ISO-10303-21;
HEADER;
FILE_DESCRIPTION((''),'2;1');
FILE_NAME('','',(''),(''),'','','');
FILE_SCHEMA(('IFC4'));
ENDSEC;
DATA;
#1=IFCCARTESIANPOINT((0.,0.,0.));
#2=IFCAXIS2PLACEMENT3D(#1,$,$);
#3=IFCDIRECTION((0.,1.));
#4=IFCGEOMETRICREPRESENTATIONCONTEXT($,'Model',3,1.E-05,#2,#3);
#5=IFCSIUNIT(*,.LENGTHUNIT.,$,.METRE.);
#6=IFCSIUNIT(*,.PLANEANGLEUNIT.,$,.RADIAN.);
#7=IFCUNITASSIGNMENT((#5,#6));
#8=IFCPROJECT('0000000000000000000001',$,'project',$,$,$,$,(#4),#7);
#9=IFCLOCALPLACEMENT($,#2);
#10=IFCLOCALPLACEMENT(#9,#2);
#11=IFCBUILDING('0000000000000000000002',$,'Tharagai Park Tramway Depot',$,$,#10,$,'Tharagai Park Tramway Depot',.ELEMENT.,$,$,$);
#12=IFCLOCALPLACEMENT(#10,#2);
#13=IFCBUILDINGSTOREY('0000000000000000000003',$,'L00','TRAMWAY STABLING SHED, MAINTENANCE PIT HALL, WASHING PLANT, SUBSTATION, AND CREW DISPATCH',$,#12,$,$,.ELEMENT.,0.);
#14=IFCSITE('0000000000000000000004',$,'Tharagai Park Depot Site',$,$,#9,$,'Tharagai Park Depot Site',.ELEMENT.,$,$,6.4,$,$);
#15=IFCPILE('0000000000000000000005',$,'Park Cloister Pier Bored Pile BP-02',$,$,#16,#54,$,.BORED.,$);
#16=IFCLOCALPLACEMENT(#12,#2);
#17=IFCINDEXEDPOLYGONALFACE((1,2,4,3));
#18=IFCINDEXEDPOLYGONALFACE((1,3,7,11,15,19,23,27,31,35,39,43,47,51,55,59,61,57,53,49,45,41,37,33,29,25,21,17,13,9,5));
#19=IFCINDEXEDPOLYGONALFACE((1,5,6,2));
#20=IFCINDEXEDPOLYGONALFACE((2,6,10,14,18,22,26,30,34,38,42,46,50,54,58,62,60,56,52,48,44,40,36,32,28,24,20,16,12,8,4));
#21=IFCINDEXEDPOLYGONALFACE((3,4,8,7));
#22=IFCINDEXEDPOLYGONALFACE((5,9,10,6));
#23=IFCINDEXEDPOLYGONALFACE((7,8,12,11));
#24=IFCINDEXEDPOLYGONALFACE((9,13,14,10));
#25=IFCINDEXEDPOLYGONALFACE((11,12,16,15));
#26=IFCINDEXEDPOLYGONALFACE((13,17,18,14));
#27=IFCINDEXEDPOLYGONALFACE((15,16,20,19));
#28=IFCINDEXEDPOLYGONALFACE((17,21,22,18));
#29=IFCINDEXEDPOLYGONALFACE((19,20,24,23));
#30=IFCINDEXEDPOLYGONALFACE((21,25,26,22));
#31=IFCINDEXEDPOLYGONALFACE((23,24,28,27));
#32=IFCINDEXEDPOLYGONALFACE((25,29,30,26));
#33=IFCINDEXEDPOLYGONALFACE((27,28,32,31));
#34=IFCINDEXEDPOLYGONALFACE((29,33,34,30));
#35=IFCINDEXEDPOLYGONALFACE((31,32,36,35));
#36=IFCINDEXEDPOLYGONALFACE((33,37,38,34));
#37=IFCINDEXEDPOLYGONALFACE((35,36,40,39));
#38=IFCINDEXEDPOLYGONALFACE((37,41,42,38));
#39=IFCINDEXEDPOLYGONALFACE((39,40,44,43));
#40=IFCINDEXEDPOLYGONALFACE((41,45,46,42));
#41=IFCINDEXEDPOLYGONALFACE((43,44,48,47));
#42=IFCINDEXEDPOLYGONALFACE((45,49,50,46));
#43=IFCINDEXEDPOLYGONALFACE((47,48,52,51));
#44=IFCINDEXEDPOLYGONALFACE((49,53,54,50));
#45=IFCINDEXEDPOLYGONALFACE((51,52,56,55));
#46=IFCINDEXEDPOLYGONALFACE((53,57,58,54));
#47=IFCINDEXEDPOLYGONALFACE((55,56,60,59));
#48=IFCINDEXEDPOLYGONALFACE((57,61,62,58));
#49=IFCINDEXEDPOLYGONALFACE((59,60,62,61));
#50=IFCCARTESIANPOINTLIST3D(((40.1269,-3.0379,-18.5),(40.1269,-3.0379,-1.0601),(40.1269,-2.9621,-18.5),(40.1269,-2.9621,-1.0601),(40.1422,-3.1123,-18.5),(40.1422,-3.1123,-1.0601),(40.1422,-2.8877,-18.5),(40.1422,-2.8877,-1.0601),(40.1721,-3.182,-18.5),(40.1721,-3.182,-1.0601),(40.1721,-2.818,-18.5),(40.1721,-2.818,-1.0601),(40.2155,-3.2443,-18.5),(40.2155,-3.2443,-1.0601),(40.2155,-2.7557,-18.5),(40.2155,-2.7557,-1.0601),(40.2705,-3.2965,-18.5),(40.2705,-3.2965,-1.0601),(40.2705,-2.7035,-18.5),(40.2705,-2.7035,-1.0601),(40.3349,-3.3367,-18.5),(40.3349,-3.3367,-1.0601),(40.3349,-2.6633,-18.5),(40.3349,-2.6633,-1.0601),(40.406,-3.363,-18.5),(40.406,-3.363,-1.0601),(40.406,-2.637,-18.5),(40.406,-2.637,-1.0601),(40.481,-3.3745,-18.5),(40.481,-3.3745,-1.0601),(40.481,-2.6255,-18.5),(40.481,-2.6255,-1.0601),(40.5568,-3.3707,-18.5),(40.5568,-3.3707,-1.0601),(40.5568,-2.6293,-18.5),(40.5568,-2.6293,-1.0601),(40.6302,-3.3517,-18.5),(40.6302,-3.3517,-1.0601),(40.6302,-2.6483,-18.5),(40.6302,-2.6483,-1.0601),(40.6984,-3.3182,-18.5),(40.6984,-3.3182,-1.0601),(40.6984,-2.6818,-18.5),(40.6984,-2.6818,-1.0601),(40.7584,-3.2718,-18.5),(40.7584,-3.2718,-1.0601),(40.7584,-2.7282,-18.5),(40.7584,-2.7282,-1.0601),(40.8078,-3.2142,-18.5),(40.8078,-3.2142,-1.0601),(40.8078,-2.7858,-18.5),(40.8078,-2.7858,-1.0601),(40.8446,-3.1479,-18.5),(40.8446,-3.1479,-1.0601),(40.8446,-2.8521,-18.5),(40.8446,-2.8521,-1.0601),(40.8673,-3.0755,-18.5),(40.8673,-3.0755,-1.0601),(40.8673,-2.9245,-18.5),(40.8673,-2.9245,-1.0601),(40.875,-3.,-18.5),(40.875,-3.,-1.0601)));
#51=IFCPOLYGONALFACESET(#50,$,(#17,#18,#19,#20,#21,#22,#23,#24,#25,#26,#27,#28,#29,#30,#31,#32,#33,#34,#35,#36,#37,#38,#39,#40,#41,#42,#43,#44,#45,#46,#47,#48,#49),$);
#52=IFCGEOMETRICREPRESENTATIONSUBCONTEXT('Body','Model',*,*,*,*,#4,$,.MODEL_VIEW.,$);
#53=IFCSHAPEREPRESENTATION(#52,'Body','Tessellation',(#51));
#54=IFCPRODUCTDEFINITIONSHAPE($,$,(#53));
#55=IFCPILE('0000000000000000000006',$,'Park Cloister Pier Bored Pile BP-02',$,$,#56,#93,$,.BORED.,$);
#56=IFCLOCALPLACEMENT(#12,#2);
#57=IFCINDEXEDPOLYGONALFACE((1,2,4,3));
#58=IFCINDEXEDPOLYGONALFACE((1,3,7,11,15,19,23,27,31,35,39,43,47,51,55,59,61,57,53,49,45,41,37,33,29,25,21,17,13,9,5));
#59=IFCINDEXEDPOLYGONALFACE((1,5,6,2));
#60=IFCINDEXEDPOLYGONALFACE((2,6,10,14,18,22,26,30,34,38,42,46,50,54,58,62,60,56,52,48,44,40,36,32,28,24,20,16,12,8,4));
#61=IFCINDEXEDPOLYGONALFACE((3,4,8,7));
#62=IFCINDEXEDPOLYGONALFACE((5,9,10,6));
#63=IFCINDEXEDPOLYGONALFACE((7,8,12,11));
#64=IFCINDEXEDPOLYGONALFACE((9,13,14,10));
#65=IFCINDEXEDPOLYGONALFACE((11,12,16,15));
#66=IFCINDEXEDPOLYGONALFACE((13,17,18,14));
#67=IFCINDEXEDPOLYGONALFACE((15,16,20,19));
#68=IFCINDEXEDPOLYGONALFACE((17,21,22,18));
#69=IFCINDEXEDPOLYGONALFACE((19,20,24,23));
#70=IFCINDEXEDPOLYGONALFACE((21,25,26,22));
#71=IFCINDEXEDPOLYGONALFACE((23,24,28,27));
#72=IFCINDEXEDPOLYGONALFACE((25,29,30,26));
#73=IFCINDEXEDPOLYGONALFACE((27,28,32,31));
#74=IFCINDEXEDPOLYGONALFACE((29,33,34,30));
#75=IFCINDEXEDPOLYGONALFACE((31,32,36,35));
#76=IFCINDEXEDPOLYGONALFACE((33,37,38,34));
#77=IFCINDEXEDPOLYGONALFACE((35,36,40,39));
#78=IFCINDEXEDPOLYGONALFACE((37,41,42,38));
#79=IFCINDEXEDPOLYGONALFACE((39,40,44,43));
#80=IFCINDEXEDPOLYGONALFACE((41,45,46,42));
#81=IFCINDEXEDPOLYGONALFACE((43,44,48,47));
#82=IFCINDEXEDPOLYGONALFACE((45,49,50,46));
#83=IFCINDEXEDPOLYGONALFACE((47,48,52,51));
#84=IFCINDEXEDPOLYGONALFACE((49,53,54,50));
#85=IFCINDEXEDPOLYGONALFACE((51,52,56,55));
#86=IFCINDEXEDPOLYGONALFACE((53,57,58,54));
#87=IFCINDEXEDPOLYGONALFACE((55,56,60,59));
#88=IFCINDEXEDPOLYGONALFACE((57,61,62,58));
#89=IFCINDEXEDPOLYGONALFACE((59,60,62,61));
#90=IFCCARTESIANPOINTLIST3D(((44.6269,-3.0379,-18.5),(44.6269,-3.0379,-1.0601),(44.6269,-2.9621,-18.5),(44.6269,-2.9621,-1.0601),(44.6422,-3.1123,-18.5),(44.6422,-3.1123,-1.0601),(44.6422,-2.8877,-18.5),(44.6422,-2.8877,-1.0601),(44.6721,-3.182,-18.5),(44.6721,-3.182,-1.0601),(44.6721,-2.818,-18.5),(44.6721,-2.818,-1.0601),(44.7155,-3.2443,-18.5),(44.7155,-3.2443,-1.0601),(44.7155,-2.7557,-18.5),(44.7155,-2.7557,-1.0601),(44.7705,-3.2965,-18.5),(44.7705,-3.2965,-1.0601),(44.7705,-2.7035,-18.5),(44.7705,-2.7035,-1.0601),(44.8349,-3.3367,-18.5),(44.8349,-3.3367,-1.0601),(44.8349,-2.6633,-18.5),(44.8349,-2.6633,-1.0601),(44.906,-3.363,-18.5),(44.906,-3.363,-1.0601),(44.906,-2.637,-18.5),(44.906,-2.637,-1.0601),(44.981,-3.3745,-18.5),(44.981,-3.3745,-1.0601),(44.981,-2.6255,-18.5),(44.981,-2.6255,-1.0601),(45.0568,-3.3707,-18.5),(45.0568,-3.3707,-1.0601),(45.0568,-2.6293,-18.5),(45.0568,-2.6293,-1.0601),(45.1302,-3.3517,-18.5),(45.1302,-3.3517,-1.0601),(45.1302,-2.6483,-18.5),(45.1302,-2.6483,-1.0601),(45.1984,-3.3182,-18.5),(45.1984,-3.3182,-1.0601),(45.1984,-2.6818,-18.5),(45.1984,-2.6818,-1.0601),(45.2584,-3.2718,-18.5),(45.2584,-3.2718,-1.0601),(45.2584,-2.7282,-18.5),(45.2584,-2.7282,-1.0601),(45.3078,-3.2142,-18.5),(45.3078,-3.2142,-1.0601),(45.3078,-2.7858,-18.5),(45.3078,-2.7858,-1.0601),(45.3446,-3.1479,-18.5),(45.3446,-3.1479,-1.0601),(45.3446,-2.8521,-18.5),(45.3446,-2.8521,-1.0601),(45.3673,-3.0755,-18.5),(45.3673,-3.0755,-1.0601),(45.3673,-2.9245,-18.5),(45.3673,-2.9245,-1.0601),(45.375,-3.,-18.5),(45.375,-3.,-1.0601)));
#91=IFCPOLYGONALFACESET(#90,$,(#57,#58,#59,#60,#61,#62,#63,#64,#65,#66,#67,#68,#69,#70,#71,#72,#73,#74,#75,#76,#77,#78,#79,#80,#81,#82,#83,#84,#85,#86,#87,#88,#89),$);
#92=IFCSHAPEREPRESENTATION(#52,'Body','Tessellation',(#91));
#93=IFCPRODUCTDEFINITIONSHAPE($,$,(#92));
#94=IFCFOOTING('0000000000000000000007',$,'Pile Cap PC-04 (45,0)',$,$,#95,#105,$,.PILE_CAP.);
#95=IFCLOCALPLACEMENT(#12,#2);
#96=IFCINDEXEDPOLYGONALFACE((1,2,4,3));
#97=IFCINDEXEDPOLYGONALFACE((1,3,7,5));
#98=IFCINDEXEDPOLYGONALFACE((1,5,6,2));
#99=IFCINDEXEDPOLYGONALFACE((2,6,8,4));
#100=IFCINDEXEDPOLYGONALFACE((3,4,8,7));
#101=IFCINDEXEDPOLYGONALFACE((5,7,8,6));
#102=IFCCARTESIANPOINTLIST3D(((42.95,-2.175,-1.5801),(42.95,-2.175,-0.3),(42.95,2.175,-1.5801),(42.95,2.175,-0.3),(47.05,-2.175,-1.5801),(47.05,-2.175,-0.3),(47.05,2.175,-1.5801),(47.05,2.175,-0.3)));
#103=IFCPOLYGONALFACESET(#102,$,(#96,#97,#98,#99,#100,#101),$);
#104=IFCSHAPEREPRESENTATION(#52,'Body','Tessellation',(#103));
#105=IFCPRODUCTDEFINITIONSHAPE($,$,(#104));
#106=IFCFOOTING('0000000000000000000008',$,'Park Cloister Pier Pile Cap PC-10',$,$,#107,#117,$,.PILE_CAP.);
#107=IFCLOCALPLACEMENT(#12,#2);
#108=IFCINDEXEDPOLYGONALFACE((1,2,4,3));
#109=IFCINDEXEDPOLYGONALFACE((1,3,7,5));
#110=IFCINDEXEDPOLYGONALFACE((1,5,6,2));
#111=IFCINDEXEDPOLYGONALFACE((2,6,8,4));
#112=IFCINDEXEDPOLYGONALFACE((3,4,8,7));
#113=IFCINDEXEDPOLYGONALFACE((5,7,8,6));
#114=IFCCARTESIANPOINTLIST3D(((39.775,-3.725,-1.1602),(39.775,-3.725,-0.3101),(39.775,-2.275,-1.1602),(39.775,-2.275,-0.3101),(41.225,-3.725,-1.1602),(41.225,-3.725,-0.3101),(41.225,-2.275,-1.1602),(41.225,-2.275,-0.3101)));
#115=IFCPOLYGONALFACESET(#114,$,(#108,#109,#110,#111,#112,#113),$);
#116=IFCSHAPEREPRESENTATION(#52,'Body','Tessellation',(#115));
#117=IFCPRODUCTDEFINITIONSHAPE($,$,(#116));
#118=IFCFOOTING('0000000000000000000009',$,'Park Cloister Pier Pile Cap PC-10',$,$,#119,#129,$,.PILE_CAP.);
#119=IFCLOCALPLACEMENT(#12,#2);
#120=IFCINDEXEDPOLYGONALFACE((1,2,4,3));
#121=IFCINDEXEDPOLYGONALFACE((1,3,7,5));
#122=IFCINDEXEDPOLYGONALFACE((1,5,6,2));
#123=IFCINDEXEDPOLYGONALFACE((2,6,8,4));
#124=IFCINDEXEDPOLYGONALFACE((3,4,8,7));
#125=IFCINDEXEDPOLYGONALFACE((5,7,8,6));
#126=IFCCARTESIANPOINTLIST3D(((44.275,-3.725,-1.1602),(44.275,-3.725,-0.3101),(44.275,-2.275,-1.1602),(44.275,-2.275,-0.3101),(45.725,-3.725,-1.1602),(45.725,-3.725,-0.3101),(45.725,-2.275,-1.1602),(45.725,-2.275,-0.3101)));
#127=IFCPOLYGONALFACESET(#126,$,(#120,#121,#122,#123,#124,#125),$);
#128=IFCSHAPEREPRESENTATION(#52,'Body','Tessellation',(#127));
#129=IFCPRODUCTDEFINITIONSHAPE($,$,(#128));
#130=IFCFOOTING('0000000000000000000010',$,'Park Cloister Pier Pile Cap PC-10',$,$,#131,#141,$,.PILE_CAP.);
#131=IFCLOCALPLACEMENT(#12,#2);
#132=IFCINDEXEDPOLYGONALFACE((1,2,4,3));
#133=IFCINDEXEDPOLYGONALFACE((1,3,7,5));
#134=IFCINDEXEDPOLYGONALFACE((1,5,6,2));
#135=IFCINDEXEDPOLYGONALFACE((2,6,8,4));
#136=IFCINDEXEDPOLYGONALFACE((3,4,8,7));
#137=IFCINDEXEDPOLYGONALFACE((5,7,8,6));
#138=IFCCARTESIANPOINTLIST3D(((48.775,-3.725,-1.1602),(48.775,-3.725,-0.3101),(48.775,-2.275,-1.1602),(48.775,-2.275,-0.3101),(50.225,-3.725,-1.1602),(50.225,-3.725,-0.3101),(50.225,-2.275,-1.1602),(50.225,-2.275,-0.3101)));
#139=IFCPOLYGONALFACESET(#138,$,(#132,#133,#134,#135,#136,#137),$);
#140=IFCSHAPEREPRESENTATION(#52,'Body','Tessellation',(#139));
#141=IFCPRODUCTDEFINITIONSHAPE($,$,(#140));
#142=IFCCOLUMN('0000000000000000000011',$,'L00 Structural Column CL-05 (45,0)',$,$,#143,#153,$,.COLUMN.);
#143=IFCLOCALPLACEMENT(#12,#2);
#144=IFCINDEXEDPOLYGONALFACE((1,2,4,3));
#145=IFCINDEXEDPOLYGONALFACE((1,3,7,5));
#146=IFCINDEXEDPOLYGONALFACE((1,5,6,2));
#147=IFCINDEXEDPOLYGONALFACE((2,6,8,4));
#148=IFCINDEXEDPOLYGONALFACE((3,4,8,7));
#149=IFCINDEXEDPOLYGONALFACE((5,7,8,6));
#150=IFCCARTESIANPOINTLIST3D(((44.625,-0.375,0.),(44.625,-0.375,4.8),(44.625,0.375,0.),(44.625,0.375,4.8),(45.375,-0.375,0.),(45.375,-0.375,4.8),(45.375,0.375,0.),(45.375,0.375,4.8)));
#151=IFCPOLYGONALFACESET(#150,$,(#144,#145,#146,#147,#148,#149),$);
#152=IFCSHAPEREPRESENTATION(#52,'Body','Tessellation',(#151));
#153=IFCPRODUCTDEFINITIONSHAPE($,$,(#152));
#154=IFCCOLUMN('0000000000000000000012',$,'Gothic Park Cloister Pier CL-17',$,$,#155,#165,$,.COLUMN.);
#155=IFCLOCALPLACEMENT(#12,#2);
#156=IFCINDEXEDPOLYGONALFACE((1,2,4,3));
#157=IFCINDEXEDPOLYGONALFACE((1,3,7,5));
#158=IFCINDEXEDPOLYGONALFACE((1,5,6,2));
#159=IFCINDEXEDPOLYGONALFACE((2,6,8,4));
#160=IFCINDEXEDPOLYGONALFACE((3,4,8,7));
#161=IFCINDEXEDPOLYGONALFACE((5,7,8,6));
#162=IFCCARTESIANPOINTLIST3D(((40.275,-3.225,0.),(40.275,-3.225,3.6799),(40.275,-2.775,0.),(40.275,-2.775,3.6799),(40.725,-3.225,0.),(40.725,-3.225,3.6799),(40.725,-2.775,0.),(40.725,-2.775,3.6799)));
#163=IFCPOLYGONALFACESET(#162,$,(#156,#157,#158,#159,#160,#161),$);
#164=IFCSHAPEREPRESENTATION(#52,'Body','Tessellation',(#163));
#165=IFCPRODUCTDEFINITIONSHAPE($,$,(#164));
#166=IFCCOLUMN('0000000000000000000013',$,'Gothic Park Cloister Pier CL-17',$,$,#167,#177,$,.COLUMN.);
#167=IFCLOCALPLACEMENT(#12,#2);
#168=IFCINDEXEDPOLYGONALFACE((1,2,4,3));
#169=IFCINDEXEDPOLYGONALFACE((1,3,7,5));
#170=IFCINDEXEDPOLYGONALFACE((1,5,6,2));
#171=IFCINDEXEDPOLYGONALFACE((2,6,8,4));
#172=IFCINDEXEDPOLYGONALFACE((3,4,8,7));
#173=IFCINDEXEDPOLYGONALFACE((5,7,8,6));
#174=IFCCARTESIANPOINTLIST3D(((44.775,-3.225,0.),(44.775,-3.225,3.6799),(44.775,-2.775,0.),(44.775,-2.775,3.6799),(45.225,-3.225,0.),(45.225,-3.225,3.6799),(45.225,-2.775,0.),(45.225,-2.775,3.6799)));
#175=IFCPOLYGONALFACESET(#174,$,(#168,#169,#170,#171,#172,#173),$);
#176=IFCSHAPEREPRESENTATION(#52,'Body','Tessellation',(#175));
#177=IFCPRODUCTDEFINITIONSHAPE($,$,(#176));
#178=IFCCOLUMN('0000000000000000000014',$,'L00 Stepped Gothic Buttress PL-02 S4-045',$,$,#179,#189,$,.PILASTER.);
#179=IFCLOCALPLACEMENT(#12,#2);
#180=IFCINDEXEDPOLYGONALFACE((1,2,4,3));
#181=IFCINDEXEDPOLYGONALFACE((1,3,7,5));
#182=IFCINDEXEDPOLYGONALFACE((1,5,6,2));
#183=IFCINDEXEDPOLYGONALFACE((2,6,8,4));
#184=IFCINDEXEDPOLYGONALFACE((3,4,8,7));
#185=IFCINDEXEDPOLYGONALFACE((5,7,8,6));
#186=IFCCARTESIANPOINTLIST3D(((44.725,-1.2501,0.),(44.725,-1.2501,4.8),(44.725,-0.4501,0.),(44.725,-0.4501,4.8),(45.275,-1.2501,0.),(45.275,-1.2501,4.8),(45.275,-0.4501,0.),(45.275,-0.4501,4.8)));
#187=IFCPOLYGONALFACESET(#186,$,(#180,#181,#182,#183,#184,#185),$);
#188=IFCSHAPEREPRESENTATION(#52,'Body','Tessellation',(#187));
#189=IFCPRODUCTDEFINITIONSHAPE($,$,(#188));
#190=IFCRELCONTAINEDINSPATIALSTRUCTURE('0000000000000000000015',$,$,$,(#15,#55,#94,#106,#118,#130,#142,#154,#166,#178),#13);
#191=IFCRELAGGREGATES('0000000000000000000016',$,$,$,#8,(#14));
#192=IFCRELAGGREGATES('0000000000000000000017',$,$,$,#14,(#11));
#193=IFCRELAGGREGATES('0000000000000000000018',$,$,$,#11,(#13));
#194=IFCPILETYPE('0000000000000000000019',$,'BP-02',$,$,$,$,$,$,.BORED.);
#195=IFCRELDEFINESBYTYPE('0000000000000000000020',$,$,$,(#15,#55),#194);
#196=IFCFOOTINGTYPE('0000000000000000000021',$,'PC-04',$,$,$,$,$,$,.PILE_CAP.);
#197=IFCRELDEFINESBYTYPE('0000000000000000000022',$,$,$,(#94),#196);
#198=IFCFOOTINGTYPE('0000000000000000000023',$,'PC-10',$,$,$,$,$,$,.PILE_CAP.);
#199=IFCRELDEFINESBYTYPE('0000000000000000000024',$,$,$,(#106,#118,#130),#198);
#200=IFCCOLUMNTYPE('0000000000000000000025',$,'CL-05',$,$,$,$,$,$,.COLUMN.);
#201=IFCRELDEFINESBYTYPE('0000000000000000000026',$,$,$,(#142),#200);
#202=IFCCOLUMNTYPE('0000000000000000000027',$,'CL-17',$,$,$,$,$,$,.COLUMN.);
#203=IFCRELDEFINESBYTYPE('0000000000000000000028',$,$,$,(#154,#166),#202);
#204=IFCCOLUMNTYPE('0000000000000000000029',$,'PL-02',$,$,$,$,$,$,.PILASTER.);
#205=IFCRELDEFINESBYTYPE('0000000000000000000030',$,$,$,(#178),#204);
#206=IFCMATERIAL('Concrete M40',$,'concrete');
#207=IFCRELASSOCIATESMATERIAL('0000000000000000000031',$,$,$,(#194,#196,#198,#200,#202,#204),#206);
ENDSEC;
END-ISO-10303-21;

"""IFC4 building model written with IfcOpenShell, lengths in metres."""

from ifc_helpers import new_model, si_unit, direction, frame, origin, origin_2d, place, context, subcontext, project, spatial, rectangle, circle, extrude, material, material_profile, profile_set, type_object, element, save


model = new_model("IFC4")

# Units and contexts
model_context = context("Model", 3, precision=1e-05, world=origin(), true_north=direction((0.0, 1.0)))
body_context = subcontext(model_context, "Body", "Model", "MODEL_VIEW")
ifc_project = project(units=[si_unit("LENGTHUNIT", "METRE"), si_unit("PLANEANGLEUNIT", "RADIAN")], contexts=[model_context])

# Site, building, storey
site_placement = place(None, origin())
site = spatial("IfcSite", under=ifc_project, at=site_placement, Name="Tharagai Park Depot Site", LongName="Tharagai Park Depot Site", CompositionType="ELEMENT", RefElevation=6.4)
building_placement = place(site_placement, origin())
building = spatial("IfcBuilding", under=site, at=building_placement, Name="Tharagai Park Tramway Depot", LongName="Tharagai Park Tramway Depot", CompositionType="ELEMENT")
storey_placement = place(building_placement, origin())
storey = spatial("IfcBuildingStorey", under=building, at=storey_placement, Name="L00", Description="TRAMWAY STABLING SHED, MAINTENANCE PIT HALL, WASHING PLANT, SUBSTATION, AND CREW DISPATCH", CompositionType="ELEMENT", Elevation=0.0)

# Piles
ifc_material_1 = material(Name="Concrete M40", Category="concrete")
ifc_material_profile_1 = material_profile(ifc_material_1, circle(Radius=0.375, at=origin_2d()), Name="PILE D750")
ifc_profile_set_1 = profile_set([ifc_material_profile_1], Name="Concrete M40")
pile_type_1 = type_object("IfcPileType", Name="BP-02", PredefinedType="BORED", material=ifc_profile_set_1)
for number, where, z_axis, x_axis, name in (
    (1, (40.5, -3.0, -1.0601), (0.0, 0.0, -1.0), (1.0, 0.0, 0.0), "Park Cloister Pier Bored Pile BP-02"),
    (2, (45.0, -3.0, -1.0601), (0.0, 0.0, -1.0), (1.0, 0.0, 0.0), "Park Cloister Pier Bored Pile BP-02"),
):
    element("IfcPile", number, at=place(storey_placement, frame(where, z_axis=z_axis, x_axis=x_axis)), inside=storey, type_object=pile_type_1, Name=name, PredefinedType="BORED", context=body_context, shape_type="SweptSolid", body=[
        extrude(circle(Radius=0.375, at=origin_2d()), origin(), (0.0, 0.0, 1.0), 17.4399),
    ])

# Footings
footing_type_1 = type_object("IfcFootingType", Name="PC-04", PredefinedType="PILE_CAP", material=ifc_material_1)
footing_placement = place(storey_placement, frame((45.0, 0.0, -1.5801), z_axis=(0.0, 0.0, 1.0), x_axis=(1.0, 0.0, 0.0)))
element("IfcFooting", 3, at=footing_placement, inside=storey, type_object=footing_type_1, Name="Pile Cap PC-04 (45,0)", PredefinedType="PILE_CAP", context=body_context, shape_type="SweptSolid", body=[
    extrude(rectangle(XDim=4.1001, YDim=4.3501, at=origin_2d()), origin(), (0.0, 0.0, 1.0), 1.28),
])
footing_type_2 = type_object("IfcFootingType", Name="PC-10", PredefinedType="PILE_CAP", material=ifc_material_1)
for number, where, z_axis, x_axis, name in (
    (4, (40.5, -3.0, -1.1602), (0.0, 0.0, 1.0), (1.0, 0.0, 0.0), "Park Cloister Pier Pile Cap PC-10"),
    (5, (45.0, -3.0, -1.1602), (0.0, 0.0, 1.0), (1.0, 0.0, 0.0), "Park Cloister Pier Pile Cap PC-10"),
    (6, (49.5, -3.0, -1.1602), (0.0, 0.0, 1.0), (1.0, 0.0, 0.0), "Park Cloister Pier Pile Cap PC-10"),
):
    element("IfcFooting", number, at=place(storey_placement, frame(where, z_axis=z_axis, x_axis=x_axis)), inside=storey, type_object=footing_type_2, Name=name, PredefinedType="PILE_CAP", context=body_context, shape_type="SweptSolid", body=[
        extrude(rectangle(XDim=1.45, YDim=1.45, at=origin_2d()), origin(), (0.0, 0.0, 1.0), 0.8501),
    ])

# Columns
ifc_material_profile_2 = material_profile(ifc_material_1, rectangle(XDim=0.75, YDim=0.75, at=origin_2d()), Name="RC 750x750")
ifc_profile_set_2 = profile_set([ifc_material_profile_2], Name="Concrete M40")
column_type_1 = type_object("IfcColumnType", Name="CL-05", PredefinedType="COLUMN", material=ifc_profile_set_2)
column_1_placement = place(storey_placement, frame((45.0, 0.0, 0.0), z_axis=(0.0, 0.0, 1.0), x_axis=(1.0, 0.0, 0.0)))
element("IfcColumn", 7, at=column_1_placement, inside=storey, type_object=column_type_1, Name="L00 Structural Column CL-05 (45,0)", PredefinedType="COLUMN", context=body_context, shape_type="SweptSolid", body=[
    extrude(rectangle(XDim=0.75, YDim=0.75, at=origin_2d()), origin(), (0.0, 0.0, 1.0), 4.8),
])
ifc_material_profile_3 = material_profile(ifc_material_1, rectangle(XDim=0.45, YDim=0.45, at=origin_2d()), Name="RC 450x450")
ifc_profile_set_3 = profile_set([ifc_material_profile_3], Name="Concrete M40")
column_type_2 = type_object("IfcColumnType", Name="CL-17", PredefinedType="COLUMN", material=ifc_profile_set_3)
for number, where, z_axis, x_axis, name in (
    (8, (40.5, -3.0, 0.0), (0.0, 0.0, 1.0), (1.0, 0.0, 0.0), "Gothic Park Cloister Pier CL-17"),
    (9, (45.0, -3.0, 0.0), (0.0, 0.0, 1.0), (1.0, 0.0, 0.0), "Gothic Park Cloister Pier CL-17"),
):
    element("IfcColumn", number, at=place(storey_placement, frame(where, z_axis=z_axis, x_axis=x_axis)), inside=storey, type_object=column_type_2, Name=name, PredefinedType="COLUMN", context=body_context, shape_type="SweptSolid", body=[
        extrude(rectangle(XDim=0.45, YDim=0.45, at=origin_2d()), origin(), (0.0, 0.0, 1.0), 3.6799),
    ])
ifc_material_profile_4 = material_profile(ifc_material_1, rectangle(XDim=0.55, YDim=0.8, at=origin_2d()), Name="RC 550x800")
ifc_profile_set_4 = profile_set([ifc_material_profile_4], Name="Concrete M40")
column_type_3 = type_object("IfcColumnType", Name="PL-02", PredefinedType="PILASTER", material=ifc_profile_set_4)
column_2_placement = place(storey_placement, frame((45.0, -0.8501, 0.0), z_axis=(0.0, 0.0, 1.0), x_axis=(1.0, 0.0, 0.0)))
element("IfcColumn", 10, at=column_2_placement, inside=storey, type_object=column_type_3, Name="L00 Stepped Gothic Buttress PL-02 S4-045", PredefinedType="PILASTER", context=body_context, shape_type="SweptSolid", body=[
    extrude(rectangle(XDim=0.55, YDim=0.8, at=origin_2d()), origin(), (0.0, 0.0, 1.0), 4.8),
])

save(model, "model.ifc")
